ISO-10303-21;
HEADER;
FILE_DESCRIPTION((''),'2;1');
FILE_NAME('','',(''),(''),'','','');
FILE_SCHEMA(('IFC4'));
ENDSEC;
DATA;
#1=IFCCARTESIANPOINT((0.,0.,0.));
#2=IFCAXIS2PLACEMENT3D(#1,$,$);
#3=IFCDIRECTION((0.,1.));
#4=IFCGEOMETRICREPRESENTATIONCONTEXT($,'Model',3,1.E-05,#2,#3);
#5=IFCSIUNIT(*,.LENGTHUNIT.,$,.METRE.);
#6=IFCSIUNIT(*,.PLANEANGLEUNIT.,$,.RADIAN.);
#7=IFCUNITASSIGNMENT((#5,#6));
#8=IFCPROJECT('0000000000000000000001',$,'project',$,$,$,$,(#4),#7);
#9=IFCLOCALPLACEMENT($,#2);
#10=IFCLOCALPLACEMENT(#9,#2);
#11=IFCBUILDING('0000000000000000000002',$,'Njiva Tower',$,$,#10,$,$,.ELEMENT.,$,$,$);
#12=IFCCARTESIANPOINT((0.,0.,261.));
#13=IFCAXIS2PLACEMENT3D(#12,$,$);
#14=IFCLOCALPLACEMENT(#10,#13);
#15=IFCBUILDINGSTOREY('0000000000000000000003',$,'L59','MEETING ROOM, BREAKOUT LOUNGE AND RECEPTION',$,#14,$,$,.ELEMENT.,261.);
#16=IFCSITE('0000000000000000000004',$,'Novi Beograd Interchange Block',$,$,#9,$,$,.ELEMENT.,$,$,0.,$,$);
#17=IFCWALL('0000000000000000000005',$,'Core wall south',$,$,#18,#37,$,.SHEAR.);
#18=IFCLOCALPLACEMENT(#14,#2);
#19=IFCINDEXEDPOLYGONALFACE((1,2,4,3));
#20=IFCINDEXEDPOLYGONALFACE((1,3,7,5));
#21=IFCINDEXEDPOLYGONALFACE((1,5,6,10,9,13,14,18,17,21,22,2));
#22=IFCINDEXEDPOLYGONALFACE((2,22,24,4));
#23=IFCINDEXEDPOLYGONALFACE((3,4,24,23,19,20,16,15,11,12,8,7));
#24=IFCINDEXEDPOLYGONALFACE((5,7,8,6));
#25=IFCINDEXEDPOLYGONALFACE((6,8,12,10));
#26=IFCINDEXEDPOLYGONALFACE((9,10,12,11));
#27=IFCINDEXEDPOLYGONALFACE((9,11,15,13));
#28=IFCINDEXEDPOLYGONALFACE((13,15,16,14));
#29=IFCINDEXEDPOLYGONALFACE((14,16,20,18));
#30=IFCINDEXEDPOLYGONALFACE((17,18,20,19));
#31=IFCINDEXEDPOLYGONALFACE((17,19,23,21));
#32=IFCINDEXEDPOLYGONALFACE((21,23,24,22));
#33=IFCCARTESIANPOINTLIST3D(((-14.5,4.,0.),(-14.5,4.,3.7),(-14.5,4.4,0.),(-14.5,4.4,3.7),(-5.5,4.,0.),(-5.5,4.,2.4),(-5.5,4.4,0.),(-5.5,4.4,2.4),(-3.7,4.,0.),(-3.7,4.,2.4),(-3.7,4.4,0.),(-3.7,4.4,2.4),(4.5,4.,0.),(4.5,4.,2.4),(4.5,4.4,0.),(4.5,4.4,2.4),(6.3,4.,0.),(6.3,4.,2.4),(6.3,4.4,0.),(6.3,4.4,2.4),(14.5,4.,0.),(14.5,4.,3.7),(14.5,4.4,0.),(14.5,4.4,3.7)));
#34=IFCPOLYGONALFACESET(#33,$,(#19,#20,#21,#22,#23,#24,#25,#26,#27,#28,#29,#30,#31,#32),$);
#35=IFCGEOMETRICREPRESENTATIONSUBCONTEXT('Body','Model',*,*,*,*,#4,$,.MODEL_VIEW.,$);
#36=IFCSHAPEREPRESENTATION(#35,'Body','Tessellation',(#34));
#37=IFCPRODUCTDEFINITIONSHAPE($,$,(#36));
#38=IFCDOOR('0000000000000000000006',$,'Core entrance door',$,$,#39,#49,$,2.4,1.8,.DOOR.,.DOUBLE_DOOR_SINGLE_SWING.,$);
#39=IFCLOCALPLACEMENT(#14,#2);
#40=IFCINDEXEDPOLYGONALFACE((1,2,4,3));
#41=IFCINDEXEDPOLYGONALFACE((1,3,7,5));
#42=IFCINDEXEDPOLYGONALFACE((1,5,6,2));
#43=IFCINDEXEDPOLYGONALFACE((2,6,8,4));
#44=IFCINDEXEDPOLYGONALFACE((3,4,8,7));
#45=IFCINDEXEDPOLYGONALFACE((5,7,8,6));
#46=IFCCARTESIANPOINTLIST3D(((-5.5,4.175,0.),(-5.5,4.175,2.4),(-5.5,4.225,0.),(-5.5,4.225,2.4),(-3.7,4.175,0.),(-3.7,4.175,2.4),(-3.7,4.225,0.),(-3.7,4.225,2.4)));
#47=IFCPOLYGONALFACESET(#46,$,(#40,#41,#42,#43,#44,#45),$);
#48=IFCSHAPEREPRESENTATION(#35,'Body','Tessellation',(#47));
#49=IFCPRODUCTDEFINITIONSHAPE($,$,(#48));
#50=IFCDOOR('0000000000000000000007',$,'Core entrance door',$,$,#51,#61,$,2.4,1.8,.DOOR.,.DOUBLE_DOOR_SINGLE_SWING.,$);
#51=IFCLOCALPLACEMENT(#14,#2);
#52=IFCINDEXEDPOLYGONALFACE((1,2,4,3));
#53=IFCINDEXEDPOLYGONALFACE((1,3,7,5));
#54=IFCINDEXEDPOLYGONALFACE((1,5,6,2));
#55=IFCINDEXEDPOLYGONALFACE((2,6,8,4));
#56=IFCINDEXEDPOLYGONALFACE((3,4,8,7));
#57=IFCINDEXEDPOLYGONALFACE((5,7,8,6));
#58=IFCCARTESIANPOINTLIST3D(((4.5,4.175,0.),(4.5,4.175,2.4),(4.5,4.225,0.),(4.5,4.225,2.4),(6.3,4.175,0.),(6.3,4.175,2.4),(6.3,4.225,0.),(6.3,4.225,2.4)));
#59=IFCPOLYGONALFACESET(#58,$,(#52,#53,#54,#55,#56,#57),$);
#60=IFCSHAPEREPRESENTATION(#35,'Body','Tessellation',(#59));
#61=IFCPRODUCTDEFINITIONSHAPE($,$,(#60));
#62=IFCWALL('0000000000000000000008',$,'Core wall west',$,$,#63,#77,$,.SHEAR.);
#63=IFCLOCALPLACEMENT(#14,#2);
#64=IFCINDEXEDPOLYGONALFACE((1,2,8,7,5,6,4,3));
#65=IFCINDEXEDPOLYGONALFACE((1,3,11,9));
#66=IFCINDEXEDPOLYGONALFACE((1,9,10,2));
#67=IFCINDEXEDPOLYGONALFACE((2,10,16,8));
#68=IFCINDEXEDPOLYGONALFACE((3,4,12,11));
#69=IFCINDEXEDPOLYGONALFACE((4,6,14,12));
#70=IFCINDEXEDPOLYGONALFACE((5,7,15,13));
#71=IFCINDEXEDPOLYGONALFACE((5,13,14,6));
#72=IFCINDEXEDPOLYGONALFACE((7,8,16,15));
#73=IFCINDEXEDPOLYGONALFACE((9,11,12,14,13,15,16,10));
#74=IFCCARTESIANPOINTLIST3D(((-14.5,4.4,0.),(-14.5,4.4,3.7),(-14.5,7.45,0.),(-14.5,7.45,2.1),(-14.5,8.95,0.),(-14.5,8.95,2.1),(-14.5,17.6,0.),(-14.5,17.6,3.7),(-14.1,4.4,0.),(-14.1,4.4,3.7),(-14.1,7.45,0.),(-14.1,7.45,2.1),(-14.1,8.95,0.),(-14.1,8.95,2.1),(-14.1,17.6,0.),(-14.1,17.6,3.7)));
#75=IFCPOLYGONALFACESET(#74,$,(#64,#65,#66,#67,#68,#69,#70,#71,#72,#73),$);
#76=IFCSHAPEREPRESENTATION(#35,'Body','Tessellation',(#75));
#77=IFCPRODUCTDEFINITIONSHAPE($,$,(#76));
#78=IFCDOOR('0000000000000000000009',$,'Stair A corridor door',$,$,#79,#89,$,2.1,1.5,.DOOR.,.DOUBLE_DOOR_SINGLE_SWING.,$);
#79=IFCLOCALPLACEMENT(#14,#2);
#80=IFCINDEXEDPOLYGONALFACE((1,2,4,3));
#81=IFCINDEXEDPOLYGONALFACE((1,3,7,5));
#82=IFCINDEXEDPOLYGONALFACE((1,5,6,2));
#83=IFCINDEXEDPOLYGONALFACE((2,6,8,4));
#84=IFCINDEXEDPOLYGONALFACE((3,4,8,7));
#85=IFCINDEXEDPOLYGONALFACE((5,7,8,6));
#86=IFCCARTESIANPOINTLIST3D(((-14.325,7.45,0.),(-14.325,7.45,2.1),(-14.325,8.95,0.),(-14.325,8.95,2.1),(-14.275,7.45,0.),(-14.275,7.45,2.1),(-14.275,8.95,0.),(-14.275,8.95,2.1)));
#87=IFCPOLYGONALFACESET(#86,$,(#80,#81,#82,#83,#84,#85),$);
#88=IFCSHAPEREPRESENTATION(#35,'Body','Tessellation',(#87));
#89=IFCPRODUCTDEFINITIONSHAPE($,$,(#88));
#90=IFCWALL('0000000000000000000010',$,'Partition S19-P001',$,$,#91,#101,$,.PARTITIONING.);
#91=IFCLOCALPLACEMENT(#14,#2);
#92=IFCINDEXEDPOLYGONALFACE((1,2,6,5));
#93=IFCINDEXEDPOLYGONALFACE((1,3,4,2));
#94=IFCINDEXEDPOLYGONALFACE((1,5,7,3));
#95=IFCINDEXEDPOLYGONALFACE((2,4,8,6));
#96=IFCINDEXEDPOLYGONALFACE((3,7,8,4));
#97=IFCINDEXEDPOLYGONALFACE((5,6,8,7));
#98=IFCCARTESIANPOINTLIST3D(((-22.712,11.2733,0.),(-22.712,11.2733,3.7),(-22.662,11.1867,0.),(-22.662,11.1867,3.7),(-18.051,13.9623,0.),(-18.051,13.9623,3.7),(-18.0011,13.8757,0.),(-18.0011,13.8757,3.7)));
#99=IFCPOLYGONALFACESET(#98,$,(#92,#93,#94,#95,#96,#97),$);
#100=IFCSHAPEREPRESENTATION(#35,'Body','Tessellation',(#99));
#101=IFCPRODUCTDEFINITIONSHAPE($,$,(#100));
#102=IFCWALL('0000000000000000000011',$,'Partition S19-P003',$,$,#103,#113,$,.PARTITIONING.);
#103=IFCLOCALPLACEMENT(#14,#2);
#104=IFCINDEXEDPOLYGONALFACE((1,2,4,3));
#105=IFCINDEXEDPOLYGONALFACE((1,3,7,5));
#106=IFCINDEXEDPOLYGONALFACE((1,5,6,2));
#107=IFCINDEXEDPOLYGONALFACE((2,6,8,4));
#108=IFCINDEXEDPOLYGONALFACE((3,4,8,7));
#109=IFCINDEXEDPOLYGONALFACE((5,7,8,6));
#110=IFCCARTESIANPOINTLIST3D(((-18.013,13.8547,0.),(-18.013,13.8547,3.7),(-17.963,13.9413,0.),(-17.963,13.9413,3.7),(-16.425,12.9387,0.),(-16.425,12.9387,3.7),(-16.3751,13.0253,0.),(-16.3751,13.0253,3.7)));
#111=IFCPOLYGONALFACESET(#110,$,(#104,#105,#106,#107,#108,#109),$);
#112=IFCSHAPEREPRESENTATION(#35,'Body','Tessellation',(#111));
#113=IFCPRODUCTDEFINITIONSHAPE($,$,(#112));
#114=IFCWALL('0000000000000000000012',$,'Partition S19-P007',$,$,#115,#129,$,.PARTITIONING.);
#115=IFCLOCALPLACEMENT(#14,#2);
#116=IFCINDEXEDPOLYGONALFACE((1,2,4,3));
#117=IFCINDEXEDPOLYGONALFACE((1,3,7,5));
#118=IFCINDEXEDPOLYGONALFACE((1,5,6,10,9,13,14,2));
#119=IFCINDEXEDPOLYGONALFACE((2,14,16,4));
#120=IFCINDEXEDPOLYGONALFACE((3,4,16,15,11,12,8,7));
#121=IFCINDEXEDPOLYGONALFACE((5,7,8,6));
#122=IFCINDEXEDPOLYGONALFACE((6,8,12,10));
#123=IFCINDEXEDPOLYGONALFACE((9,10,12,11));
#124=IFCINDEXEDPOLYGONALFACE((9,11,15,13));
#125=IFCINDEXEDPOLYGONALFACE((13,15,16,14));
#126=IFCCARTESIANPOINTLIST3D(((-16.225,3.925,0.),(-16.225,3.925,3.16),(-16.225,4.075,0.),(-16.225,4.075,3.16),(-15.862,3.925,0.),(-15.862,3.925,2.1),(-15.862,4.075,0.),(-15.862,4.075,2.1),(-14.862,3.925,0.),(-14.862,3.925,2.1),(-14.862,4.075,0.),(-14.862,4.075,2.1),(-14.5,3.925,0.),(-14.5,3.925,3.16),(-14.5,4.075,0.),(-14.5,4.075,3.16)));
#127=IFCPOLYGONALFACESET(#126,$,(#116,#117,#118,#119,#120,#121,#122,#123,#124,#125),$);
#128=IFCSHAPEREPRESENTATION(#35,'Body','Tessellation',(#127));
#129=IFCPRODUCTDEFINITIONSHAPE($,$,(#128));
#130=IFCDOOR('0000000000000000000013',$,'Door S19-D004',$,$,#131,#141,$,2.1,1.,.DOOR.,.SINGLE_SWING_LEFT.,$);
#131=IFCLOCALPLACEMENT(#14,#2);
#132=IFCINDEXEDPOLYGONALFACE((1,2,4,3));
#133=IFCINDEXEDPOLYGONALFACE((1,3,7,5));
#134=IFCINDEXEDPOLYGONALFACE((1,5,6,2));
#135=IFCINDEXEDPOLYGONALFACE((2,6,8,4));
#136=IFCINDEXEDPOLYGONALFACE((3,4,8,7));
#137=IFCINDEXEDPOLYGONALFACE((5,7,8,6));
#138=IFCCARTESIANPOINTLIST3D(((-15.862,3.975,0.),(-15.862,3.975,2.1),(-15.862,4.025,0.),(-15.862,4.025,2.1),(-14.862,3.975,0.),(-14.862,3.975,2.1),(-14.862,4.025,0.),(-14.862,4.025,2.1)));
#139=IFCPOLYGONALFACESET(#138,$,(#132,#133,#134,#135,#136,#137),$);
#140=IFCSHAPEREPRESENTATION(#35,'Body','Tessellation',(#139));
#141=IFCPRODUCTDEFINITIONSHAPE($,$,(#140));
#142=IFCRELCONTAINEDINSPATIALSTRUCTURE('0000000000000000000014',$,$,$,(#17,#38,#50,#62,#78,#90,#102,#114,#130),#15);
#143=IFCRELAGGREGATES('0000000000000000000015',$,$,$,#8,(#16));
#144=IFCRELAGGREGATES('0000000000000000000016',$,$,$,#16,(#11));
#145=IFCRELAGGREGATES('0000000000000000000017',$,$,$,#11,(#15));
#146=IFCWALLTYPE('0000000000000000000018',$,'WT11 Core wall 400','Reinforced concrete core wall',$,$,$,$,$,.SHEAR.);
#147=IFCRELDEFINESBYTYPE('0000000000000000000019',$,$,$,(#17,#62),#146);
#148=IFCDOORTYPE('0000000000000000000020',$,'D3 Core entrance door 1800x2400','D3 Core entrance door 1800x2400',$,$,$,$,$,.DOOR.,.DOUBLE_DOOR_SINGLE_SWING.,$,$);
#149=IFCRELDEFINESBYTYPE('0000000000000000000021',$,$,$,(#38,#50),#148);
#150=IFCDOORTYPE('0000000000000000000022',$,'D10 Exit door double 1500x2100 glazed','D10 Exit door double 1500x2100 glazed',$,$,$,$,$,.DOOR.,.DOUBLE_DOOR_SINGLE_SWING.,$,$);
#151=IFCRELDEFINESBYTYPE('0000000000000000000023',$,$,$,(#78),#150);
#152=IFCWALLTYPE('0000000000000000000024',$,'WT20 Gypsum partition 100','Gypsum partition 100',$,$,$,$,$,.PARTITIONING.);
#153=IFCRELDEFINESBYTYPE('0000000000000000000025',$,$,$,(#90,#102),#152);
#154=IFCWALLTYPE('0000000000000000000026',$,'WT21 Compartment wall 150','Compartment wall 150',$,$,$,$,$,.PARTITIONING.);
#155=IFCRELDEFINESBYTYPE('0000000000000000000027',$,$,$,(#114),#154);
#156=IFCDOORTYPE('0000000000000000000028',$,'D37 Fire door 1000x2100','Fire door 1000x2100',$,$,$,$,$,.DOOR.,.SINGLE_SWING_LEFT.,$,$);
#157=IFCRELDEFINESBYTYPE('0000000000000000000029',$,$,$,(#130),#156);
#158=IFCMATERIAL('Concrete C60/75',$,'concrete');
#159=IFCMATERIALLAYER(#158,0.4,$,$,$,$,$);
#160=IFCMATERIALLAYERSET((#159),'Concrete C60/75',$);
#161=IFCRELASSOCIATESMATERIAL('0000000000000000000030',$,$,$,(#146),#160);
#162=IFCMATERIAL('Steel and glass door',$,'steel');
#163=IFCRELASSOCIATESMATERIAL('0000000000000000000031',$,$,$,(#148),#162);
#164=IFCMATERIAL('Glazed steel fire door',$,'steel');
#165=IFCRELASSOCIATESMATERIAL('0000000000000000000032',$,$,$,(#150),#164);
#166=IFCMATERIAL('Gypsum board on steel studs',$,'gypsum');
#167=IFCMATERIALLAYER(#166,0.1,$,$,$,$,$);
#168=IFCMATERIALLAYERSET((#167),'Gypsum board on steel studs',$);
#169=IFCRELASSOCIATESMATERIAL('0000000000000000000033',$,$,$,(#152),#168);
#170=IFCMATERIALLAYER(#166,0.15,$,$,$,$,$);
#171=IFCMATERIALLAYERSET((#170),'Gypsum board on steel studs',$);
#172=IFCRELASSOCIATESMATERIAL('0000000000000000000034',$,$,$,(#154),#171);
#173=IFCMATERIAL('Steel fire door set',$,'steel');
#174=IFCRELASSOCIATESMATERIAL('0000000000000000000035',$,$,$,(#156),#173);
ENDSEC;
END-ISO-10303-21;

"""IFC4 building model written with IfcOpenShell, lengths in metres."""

from ifc_helpers import new_model, si_unit, direction, frame, frame_2d, origin, place, context, subcontext, project, spatial, rectangle, extrude, material, layer, layer_set, type_object, element, fill, save


model = new_model("IFC4")

# Units and contexts
model_context = context("Model", 3, precision=1e-05, world=origin(), true_north=direction((0.0, 1.0)))
body_context = subcontext(model_context, "Body", "Model", "MODEL_VIEW")
ifc_project = project(units=[si_unit("LENGTHUNIT", "METRE"), si_unit("PLANEANGLEUNIT", "RADIAN")], contexts=[model_context])

# Site, building, storey
site_placement = place(None, origin())
site = spatial("IfcSite", under=ifc_project, at=site_placement, Name="Novi Beograd Interchange Block", CompositionType="ELEMENT", RefElevation=0.0)
building_placement = place(site_placement, origin())
building = spatial("IfcBuilding", under=site, at=building_placement, Name="Njiva Tower", CompositionType="ELEMENT")
storey_placement = place(building_placement, frame((0.0, 0.0, 261.0)))
storey = spatial("IfcBuildingStorey", under=building, at=storey_placement, Name="L59", Description="MEETING ROOM, BREAKOUT LOUNGE AND RECEPTION", CompositionType="ELEMENT", Elevation=261.0)

# Wall, openings, doors
ifc_material_1 = material(Name="Concrete C60/75", Category="concrete")
ifc_layer_1 = layer(ifc_material_1, 0.4)
ifc_layer_set_1 = layer_set([ifc_layer_1], Name="Concrete C60/75")
wall_type_1 = type_object("IfcWallType", Name="WT11 Core wall 400", Description="Reinforced concrete core wall", PredefinedType="SHEAR", material=ifc_layer_set_1)
wall_1_placement = place(storey_placement, frame((-14.5, 4.2, 0.0), z_axis=(0.0, 0.0, 1.0), x_axis=(1.0, 0.0, 0.0)))
wall_1 = element("IfcWall", 1, at=wall_1_placement, inside=storey, type_object=wall_type_1, Name="Core wall south", PredefinedType="SHEAR", context=body_context, shape_type="SweptSolid", body=[
    extrude(rectangle(XDim=29.0, YDim=0.4, at=frame_2d((14.5, 0.0))), origin(), (0.0, 0.0, 1.0), 3.7),
])
opening_1_placement = place(wall_1_placement, frame((9.0, 0.0, 0.0)))
opening_1 = element("IfcOpeningElement", 2, at=opening_1_placement, cuts=wall_1, PredefinedType="OPENING", context=body_context, shape_type="SweptSolid", body=[
    extrude(rectangle(XDim=1.8, YDim=2.4, at=frame_2d((0.9, 1.2))), frame((0.0, 0.21, 0.0), z_axis=(0.0, -1.0, 0.0), x_axis=(1.0, 0.0, 0.0)), (0.0, 0.0, 1.0), 0.42),
])
opening_2_placement = place(wall_1_placement, frame((19.0, 0.0, 0.0)))
opening_2 = element("IfcOpeningElement", 3, at=opening_2_placement, cuts=wall_1, PredefinedType="OPENING", context=body_context, shape_type="SweptSolid", body=[
    extrude(rectangle(XDim=1.8, YDim=2.4, at=frame_2d((0.9, 1.2))), frame((0.0, 0.21, 0.0), z_axis=(0.0, -1.0, 0.0), x_axis=(1.0, 0.0, 0.0)), (0.0, 0.0, 1.0), 0.42),
])
ifc_material_2 = material(Name="Steel and glass door", Category="steel")
door_type_1 = type_object("IfcDoorType", Name="D3 Core entrance door 1800x2400", Description="D3 Core entrance door 1800x2400", OperationType="DOUBLE_DOOR_SINGLE_SWING", PredefinedType="DOOR", material=ifc_material_2)
door_1_placement = place(opening_1_placement, origin())
door_1 = element("IfcDoor", 4, at=door_1_placement, inside=storey, type_object=door_type_1, Name="Core entrance door", OperationType="DOUBLE_DOOR_SINGLE_SWING", OverallHeight=2.4, OverallWidth=1.8, PredefinedType="DOOR", context=body_context, shape_type="SweptSolid", body=[
    extrude(rectangle(XDim=1.8, YDim=2.4, at=frame_2d((0.9, 1.2))), frame((0.0, 0.025, 0.0), z_axis=(0.0, -1.0, 0.0), x_axis=(1.0, 0.0, 0.0)), (0.0, 0.0, 1.0), 0.05),
])
fill(opening_1, door_1)
door_2_placement = place(opening_2_placement, origin())
door_2 = element("IfcDoor", 5, at=door_2_placement, inside=storey, type_object=door_type_1, Name="Core entrance door", OperationType="DOUBLE_DOOR_SINGLE_SWING", OverallHeight=2.4, OverallWidth=1.8, PredefinedType="DOOR", context=body_context, shape_type="SweptSolid", body=[
    extrude(rectangle(XDim=1.8, YDim=2.4, at=frame_2d((0.9, 1.2))), frame((0.0, 0.025, 0.0), z_axis=(0.0, -1.0, 0.0), x_axis=(1.0, 0.0, 0.0)), (0.0, 0.0, 1.0), 0.05),
])
fill(opening_2, door_2)

# Wall, opening, door
wall_2_placement = place(storey_placement, frame((-14.3, 4.4, 0.0), z_axis=(0.0, 0.0, 1.0), x_axis=(0.0, 1.0, 0.0)))
wall_2 = element("IfcWall", 6, at=wall_2_placement, inside=storey, type_object=wall_type_1, Name="Core wall west", PredefinedType="SHEAR", context=body_context, shape_type="SweptSolid", body=[
    extrude(rectangle(XDim=13.2, YDim=0.4, at=frame_2d((6.6, 0.0))), origin(), (0.0, 0.0, 1.0), 3.7),
])
opening_3_placement = place(wall_2_placement, frame((3.05, 0.0, 0.0)))
opening_3 = element("IfcOpeningElement", 7, at=opening_3_placement, cuts=wall_2, PredefinedType="OPENING", context=body_context, shape_type="SweptSolid", body=[
    extrude(rectangle(XDim=1.5, YDim=2.1, at=frame_2d((0.75, 1.05))), frame((0.0, 0.21, 0.0), z_axis=(0.0, -1.0, 0.0), x_axis=(1.0, 0.0, 0.0)), (0.0, 0.0, 1.0), 0.42),
])
ifc_material_3 = material(Name="Glazed steel fire door", Category="steel")
door_type_2 = type_object("IfcDoorType", Name="D10 Exit door double 1500x2100 glazed", Description="D10 Exit door double 1500x2100 glazed", OperationType="DOUBLE_DOOR_SINGLE_SWING", PredefinedType="DOOR", material=ifc_material_3)
door_3_placement = place(opening_3_placement, origin())
door_3 = element("IfcDoor", 8, at=door_3_placement, inside=storey, type_object=door_type_2, Name="Stair A corridor door", OperationType="DOUBLE_DOOR_SINGLE_SWING", OverallHeight=2.1, OverallWidth=1.5, PredefinedType="DOOR", context=body_context, shape_type="SweptSolid", body=[
    extrude(rectangle(XDim=1.5, YDim=2.1, at=frame_2d((0.75, 1.05))), frame((0.0, 0.025, 0.0), z_axis=(0.0, -1.0, 0.0), x_axis=(1.0, 0.0, 0.0)), (0.0, 0.0, 1.0), 0.05),
])
fill(opening_3, door_3)

# Walls
ifc_material_4 = material(Name="Gypsum board on steel studs", Category="gypsum")
ifc_layer_2 = layer(ifc_material_4, 0.1)
ifc_layer_set_2 = layer_set([ifc_layer_2], Name="Gypsum board on steel studs")
wall_type_2 = type_object("IfcWallType", Name="WT20 Gypsum partition 100", Description="Gypsum partition 100", PredefinedType="PARTITIONING", material=ifc_layer_set_2)
wall_3_placement = place(storey_placement, frame((-22.687, 11.23, 0.0), z_axis=(0.0, 0.0, 1.0), x_axis=(0.866189, 0.499717, 0.0)))
element("IfcWall", 9, at=wall_3_placement, inside=storey, type_object=wall_type_2, Name="Partition S19-P001", PredefinedType="PARTITIONING", context=body_context, shape_type="SweptSolid", body=[
    extrude(rectangle(XDim=5.381, YDim=0.1, at=frame_2d((2.6905, 0.0))), origin(), (0.0, 0.0, 1.0), 3.7),
])
wall_4_placement = place(storey_placement, frame((-17.988, 13.898, 0.0), z_axis=(0.0, 0.0, 1.0), x_axis=(0.866222, -0.499659, 0.0)))
element("IfcWall", 10, at=wall_4_placement, inside=storey, type_object=wall_type_2, Name="Partition S19-P003", PredefinedType="PARTITIONING", context=body_context, shape_type="SweptSolid", body=[
    extrude(rectangle(XDim=1.8332, YDim=0.1, at=frame_2d((0.9166, 0.0))), origin(), (0.0, 0.0, 1.0), 3.7),
])

# Wall, opening, door
ifc_layer_3 = layer(ifc_material_4, 0.15)
ifc_layer_set_3 = layer_set([ifc_layer_3], Name="Gypsum board on steel studs")
wall_type_3 = type_object("IfcWallType", Name="WT21 Compartment wall 150", Description="Compartment wall 150", PredefinedType="PARTITIONING", material=ifc_layer_set_3)
wall_5_placement = place(storey_placement, frame((-16.225, 4.0, 0.0), z_axis=(0.0, 0.0, 1.0), x_axis=(1.0, 0.0, 0.0)))
wall_5 = element("IfcWall", 11, at=wall_5_placement, inside=storey, type_object=wall_type_3, Name="Partition S19-P007", PredefinedType="PARTITIONING", context=body_context, shape_type="SweptSolid", body=[
    extrude(rectangle(XDim=1.725, YDim=0.15, at=frame_2d((0.8625, 0.0))), origin(), (0.0, 0.0, 1.0), 3.16),
])
opening_4_placement = place(wall_5_placement, frame((0.363, 0.0, 0.0)))
opening_4 = element("IfcOpeningElement", 12, at=opening_4_placement, cuts=wall_5, PredefinedType="OPENING", context=body_context, shape_type="SweptSolid", body=[
    extrude(rectangle(XDim=1.0, YDim=2.1, at=frame_2d((0.5, 1.05))), frame((0.0, 0.085, 0.0), z_axis=(0.0, -1.0, 0.0), x_axis=(1.0, 0.0, 0.0)), (0.0, 0.0, 1.0), 0.17),
])
ifc_material_5 = material(Name="Steel fire door set", Category="steel")
door_type_3 = type_object("IfcDoorType", Name="D37 Fire door 1000x2100", Description="Fire door 1000x2100", OperationType="SINGLE_SWING_LEFT", PredefinedType="DOOR", material=ifc_material_5)
door_4_placement = place(opening_4_placement, origin())
door_4 = element("IfcDoor", 13, at=door_4_placement, inside=storey, type_object=door_type_3, Name="Door S19-D004", OperationType="SINGLE_SWING_LEFT", OverallHeight=2.1, OverallWidth=1.0, PredefinedType="DOOR", context=body_context, shape_type="SweptSolid", body=[
    extrude(rectangle(XDim=1.0, YDim=2.1, at=frame_2d((0.5, 1.05))), frame((0.0, 0.025, 0.0), z_axis=(0.0, -1.0, 0.0), x_axis=(1.0, 0.0, 0.0)), (0.0, 0.0, 1.0), 0.05),
])
fill(opening_4, door_4)

save(model, "model.ifc")
